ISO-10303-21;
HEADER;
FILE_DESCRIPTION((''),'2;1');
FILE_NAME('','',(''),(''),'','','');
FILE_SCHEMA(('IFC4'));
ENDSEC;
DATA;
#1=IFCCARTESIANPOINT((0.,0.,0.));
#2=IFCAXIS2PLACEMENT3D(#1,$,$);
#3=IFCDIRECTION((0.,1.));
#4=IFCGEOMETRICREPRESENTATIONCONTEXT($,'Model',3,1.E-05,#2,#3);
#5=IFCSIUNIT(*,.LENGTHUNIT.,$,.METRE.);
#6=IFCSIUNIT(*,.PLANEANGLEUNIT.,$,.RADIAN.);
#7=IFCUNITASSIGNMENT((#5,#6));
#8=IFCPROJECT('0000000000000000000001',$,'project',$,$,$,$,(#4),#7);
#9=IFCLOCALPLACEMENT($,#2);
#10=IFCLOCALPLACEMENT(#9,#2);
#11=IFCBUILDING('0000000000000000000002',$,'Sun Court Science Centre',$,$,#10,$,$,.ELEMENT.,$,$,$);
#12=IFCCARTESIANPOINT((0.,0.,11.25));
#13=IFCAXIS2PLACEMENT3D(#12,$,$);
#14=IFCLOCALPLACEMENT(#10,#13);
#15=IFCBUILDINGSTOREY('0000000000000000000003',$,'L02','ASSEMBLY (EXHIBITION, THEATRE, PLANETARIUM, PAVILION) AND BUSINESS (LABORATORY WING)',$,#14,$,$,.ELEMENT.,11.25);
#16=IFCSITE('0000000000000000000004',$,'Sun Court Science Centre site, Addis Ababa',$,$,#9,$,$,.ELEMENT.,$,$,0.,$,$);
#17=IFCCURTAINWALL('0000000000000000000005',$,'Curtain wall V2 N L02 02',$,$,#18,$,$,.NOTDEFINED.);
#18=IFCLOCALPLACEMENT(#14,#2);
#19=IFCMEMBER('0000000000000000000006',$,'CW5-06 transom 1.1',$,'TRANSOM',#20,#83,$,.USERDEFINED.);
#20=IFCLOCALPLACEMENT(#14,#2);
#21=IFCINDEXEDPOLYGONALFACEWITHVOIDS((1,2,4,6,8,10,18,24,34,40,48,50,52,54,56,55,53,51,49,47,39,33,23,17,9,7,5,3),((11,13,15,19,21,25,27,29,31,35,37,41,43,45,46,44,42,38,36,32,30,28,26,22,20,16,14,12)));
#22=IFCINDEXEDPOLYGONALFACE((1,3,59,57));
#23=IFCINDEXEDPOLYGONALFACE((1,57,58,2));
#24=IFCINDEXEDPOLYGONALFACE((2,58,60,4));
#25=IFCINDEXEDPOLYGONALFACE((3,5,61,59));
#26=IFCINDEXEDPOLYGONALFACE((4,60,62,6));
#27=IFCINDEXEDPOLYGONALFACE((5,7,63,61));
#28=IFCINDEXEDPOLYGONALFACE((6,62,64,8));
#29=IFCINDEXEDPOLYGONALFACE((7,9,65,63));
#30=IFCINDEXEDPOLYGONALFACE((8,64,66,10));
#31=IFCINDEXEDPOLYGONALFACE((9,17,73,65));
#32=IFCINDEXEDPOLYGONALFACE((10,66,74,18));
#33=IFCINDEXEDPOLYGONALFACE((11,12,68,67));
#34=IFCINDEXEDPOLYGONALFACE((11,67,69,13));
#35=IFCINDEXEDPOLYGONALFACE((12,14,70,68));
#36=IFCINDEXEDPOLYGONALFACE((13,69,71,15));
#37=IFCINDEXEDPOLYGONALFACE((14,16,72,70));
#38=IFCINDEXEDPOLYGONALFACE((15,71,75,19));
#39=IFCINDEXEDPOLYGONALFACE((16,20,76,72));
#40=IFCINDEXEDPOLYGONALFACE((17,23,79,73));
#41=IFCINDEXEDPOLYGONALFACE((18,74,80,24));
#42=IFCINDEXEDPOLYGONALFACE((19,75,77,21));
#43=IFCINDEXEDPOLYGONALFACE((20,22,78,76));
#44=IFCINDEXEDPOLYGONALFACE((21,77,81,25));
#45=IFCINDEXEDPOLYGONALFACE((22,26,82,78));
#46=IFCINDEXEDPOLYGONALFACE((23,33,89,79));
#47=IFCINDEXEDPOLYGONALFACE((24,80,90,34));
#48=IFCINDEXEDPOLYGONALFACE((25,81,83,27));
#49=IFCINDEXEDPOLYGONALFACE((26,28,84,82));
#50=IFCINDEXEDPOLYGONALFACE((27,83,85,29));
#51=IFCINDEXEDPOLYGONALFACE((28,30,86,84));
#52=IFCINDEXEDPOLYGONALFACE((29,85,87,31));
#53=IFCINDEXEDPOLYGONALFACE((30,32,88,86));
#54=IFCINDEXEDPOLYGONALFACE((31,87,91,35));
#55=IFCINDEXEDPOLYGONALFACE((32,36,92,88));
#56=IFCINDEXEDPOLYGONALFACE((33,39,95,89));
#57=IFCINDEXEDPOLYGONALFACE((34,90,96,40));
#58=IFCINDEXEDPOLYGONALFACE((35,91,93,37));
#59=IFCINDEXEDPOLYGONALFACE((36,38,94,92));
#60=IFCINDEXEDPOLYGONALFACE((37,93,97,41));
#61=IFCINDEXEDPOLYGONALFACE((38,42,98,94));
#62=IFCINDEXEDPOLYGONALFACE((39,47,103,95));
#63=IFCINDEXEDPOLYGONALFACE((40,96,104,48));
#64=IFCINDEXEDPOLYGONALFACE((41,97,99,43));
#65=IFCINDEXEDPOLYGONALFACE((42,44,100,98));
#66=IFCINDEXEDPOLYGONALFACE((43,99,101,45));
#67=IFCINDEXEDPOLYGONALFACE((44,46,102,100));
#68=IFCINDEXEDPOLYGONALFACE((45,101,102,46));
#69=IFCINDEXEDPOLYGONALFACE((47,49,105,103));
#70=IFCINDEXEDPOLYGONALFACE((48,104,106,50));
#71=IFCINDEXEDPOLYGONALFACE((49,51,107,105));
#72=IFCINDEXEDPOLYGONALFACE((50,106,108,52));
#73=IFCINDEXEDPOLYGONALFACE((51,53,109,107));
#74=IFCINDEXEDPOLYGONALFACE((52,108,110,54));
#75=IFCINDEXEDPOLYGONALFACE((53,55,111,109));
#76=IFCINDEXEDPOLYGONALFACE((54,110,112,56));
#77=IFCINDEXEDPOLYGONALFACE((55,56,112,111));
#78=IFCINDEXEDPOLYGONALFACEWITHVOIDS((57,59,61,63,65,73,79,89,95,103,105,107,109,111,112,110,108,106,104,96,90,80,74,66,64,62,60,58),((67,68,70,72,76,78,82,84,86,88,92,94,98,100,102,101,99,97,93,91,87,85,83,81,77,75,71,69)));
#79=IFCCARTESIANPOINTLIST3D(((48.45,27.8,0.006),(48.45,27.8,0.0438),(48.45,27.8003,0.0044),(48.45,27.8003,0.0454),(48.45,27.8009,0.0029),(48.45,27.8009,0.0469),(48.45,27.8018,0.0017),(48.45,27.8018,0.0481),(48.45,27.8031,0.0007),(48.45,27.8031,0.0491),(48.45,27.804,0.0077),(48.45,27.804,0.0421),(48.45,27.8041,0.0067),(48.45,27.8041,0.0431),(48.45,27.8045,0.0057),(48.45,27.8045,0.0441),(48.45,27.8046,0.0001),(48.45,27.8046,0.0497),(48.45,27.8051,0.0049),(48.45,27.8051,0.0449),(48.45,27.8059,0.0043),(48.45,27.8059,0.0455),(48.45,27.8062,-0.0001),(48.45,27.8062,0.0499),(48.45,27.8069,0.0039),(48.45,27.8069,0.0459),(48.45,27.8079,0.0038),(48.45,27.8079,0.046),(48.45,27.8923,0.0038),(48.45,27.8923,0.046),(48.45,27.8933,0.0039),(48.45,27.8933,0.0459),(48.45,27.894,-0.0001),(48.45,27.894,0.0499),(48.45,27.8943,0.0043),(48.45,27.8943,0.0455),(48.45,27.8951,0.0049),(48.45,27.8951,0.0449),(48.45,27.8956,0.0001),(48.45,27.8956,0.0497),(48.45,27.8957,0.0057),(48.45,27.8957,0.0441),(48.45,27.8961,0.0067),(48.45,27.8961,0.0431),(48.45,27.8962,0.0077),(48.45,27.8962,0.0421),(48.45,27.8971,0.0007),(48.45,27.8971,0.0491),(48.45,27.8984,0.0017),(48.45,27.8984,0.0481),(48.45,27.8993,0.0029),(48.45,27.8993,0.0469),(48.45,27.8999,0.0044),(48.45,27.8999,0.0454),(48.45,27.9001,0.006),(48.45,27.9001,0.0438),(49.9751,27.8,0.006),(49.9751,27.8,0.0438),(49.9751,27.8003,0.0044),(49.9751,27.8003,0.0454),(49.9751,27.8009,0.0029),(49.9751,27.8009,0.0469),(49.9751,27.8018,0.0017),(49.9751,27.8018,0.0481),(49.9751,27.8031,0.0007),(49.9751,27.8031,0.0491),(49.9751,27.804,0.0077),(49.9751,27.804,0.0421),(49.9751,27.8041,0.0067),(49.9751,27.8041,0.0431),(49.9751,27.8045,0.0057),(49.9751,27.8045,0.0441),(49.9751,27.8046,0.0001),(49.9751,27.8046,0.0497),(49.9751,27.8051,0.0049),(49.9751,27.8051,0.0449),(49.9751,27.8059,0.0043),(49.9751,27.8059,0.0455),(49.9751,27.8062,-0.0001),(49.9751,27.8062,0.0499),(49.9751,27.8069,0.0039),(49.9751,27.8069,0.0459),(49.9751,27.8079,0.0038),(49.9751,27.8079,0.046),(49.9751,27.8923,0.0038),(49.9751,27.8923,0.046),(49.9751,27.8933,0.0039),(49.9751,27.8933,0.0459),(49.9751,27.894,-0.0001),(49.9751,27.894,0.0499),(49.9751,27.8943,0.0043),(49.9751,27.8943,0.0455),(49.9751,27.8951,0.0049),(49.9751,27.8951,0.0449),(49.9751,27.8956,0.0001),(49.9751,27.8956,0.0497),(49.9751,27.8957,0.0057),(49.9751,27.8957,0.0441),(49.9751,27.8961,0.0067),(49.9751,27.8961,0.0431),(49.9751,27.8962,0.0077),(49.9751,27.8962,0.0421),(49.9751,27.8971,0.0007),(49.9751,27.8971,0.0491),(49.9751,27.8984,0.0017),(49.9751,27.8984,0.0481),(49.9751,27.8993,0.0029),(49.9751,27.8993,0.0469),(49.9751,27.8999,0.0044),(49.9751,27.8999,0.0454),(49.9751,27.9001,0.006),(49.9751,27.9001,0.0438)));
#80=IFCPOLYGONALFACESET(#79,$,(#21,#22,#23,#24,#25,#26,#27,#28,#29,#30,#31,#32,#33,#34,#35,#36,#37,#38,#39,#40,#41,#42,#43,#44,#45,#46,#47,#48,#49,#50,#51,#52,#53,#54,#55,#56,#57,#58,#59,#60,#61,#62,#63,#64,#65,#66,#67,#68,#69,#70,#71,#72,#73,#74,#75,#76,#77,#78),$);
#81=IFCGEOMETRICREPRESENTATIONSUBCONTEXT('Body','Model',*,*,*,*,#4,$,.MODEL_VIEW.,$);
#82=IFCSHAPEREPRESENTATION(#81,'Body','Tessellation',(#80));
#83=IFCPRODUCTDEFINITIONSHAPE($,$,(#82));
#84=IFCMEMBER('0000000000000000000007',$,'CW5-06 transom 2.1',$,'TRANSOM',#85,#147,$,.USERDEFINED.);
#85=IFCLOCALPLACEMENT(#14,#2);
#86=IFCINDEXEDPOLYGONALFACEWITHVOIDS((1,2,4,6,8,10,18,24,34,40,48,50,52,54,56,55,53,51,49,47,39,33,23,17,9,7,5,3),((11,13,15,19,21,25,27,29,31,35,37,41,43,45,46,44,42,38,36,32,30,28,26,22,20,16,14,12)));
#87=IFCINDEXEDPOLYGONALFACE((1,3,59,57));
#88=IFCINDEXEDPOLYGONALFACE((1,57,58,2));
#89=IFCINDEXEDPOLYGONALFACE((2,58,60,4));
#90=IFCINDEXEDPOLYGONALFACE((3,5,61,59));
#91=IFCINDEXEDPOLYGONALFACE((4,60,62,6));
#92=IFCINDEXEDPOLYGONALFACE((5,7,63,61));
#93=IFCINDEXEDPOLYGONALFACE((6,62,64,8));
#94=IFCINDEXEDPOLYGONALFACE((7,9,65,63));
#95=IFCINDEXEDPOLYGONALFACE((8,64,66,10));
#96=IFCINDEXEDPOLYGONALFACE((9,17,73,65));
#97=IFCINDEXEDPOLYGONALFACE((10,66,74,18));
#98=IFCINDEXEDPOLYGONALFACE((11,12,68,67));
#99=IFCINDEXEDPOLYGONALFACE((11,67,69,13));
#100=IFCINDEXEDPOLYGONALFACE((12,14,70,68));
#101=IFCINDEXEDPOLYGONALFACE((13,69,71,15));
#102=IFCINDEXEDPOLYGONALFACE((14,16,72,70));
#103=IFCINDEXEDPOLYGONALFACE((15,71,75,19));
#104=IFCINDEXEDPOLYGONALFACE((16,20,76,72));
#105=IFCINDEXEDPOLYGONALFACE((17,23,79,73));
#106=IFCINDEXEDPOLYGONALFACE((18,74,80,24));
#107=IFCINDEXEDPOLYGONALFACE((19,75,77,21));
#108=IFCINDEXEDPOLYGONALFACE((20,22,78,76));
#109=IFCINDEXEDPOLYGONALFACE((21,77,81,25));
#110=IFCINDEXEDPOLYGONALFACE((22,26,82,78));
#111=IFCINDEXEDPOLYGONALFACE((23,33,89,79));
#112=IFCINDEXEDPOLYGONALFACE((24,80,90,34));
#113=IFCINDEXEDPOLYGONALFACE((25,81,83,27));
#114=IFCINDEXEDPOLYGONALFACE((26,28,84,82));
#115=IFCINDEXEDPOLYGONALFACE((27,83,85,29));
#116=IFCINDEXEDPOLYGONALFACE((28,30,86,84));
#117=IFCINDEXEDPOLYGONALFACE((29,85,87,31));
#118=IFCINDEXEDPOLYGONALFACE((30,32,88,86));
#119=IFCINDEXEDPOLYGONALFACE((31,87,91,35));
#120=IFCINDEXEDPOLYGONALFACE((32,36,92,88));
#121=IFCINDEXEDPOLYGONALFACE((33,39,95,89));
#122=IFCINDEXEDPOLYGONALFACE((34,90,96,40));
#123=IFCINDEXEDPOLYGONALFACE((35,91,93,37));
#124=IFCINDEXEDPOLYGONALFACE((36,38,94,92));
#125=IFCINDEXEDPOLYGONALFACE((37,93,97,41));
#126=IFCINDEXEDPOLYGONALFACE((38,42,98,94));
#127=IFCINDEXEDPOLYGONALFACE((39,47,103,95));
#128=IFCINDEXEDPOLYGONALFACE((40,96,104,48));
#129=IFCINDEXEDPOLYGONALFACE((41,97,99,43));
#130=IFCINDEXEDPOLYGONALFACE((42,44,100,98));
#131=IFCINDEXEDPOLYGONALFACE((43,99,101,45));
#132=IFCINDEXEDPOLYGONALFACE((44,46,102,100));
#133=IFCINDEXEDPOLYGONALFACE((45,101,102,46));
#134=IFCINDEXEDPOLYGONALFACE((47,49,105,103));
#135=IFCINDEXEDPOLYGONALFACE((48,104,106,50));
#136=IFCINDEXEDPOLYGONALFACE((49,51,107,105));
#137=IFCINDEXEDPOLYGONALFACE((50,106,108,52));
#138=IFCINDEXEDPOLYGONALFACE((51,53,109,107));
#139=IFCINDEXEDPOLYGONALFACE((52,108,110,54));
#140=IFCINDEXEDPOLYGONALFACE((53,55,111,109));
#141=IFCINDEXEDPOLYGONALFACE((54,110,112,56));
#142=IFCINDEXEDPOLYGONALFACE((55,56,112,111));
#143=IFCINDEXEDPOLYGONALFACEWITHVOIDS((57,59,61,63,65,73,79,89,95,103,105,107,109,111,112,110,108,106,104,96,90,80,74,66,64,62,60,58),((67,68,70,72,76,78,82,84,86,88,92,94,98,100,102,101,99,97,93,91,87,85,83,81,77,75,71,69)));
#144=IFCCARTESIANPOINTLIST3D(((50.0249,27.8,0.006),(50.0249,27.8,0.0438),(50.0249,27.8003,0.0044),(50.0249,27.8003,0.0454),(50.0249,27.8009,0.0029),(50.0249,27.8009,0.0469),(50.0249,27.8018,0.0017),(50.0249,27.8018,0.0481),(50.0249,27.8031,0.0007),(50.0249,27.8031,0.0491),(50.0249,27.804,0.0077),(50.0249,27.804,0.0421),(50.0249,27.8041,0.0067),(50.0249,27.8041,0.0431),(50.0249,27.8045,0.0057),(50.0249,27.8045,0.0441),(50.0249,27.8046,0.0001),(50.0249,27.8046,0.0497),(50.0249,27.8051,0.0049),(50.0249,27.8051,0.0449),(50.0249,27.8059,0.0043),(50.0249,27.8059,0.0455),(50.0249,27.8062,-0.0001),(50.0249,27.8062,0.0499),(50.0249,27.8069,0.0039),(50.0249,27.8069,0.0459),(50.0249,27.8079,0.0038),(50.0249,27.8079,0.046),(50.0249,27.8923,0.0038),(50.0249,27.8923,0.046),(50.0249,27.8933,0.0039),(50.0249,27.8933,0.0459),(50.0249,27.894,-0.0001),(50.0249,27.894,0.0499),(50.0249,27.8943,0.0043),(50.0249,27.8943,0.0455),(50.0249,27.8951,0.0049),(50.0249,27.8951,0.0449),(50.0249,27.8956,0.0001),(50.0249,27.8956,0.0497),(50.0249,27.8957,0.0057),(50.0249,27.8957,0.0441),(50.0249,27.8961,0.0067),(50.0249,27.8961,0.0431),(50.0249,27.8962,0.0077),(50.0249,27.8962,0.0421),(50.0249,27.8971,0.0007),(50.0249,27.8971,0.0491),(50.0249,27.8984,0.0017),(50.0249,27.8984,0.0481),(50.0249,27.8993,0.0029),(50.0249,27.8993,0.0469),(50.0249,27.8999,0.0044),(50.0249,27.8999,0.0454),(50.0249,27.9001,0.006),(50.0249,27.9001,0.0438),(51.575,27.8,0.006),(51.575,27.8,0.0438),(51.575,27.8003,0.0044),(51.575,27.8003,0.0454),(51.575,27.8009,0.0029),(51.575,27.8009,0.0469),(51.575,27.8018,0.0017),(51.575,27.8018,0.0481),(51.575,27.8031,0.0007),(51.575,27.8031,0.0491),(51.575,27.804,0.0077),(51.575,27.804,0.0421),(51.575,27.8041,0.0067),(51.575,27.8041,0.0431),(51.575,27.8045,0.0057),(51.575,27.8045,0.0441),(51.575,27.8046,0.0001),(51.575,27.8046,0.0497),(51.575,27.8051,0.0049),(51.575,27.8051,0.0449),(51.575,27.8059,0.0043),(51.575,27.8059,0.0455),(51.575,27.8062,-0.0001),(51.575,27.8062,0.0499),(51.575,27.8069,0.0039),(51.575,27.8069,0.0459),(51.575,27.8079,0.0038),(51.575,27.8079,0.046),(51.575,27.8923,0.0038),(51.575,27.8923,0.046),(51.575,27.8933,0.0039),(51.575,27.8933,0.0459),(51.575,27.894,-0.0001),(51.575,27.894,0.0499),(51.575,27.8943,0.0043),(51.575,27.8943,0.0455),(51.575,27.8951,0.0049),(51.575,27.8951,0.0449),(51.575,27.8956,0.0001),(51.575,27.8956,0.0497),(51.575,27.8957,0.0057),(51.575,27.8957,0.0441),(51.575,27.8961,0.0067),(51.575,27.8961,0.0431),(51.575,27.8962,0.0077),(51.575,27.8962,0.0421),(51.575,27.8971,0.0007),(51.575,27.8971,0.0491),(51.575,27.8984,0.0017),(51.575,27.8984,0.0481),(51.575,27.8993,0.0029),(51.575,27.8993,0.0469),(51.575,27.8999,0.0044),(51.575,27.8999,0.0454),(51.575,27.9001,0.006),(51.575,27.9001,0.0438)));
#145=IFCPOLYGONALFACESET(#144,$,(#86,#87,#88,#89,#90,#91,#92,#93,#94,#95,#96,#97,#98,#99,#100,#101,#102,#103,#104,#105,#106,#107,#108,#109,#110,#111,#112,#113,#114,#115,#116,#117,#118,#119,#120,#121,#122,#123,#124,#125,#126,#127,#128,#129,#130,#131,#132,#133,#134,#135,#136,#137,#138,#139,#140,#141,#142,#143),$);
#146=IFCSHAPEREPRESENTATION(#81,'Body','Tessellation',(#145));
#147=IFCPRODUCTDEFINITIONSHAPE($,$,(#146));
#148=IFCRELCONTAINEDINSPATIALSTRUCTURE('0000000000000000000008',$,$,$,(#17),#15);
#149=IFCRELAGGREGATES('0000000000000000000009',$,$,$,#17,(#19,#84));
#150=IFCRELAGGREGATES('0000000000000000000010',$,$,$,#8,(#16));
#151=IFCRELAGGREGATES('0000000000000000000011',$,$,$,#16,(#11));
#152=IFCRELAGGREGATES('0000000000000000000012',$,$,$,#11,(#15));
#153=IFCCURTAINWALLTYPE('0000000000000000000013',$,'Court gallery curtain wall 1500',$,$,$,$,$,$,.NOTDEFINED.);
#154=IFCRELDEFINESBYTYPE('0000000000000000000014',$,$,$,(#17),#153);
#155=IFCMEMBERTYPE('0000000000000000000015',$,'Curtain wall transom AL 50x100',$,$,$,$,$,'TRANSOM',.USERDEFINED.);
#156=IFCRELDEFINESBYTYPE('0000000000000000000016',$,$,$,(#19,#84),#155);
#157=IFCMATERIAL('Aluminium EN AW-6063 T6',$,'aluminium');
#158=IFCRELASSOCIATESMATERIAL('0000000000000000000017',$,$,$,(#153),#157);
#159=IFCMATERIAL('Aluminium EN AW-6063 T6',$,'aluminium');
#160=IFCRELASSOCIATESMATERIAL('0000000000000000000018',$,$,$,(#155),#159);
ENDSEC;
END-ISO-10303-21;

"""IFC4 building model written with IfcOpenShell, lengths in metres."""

from ifc_helpers import new_model, si_unit, direction, frame, origin, origin_2d, place, context, subcontext, project, spatial, hollow_rectangle, extrude, material, material_profile, profile_set, type_object, element, aggregate, save


model = new_model("IFC4")

# Units and contexts
model_context = context("Model", 3, precision=1e-05, world=origin(), true_north=direction((0.0, 1.0)))
body_context = subcontext(model_context, "Body", "Model", "MODEL_VIEW")
ifc_project = project(units=[si_unit("LENGTHUNIT", "METRE"), si_unit("PLANEANGLEUNIT", "RADIAN")], contexts=[model_context])

# Site, building, storey
site_placement = place(None, origin())
site = spatial("IfcSite", under=ifc_project, at=site_placement, Name="Sun Court Science Centre site, Addis Ababa", CompositionType="ELEMENT", RefElevation=0.0)
building_placement = place(site_placement, origin())
building = spatial("IfcBuilding", under=site, at=building_placement, Name="Sun Court Science Centre", CompositionType="ELEMENT")
storey_placement = place(building_placement, frame((0.0, 0.0, 11.25)))
storey = spatial("IfcBuildingStorey", under=building, at=storey_placement, Name="L02", Description="ASSEMBLY (EXHIBITION, THEATRE, PLANETARIUM, PAVILION) AND BUSINESS (LABORATORY WING)", CompositionType="ELEMENT", Elevation=11.25)

# Curtain wall
ifc_material_1 = material(Name="Aluminium EN AW-6063 T6", Category="aluminium")
curtain_wall_type_1 = type_object("IfcCurtainWallType", Name="Court gallery curtain wall 1500", PredefinedType="NOTDEFINED", material=ifc_material_1)
curtain_wall_1_placement = place(storey_placement, origin())
curtain_wall_1 = element("IfcCurtainWall", 1, at=curtain_wall_1_placement, inside=storey, type_object=curtain_wall_type_1, Name="Curtain wall V2 N L02 02", PredefinedType="NOTDEFINED")

# Members
ifc_material_2 = material(Name="Aluminium EN AW-6063 T6", Category="aluminium")
ifc_material_profile_1 = material_profile(ifc_material_2, hollow_rectangle(XDim=0.05, YDim=0.1001, WallThickness=0.0039, InnerFilletRadius=0.0039, OuterFilletRadius=0.0061, at=origin_2d()), Name="AL 50x100x4")
ifc_profile_set_1 = profile_set([ifc_material_profile_1], Name="Aluminium EN AW-6063 T6")
member_type_1 = type_object("IfcMemberType", Name="Curtain wall transom AL 50x100", ElementType="TRANSOM", PredefinedType="USERDEFINED", material=ifc_profile_set_1)
member_1_placement = place(storey_placement, frame((48.45, 27.8501, 0.0249), z_axis=(1.0, 0.0, 0.0), x_axis=(0.0, 0.0, 1.0)))
member_1 = element("IfcMember", 2, at=member_1_placement, type_object=member_type_1, Name="CW5-06 transom 1.1", ObjectType="TRANSOM", PredefinedType="USERDEFINED", context=body_context, shape_type="SweptSolid", body=[
    extrude(hollow_rectangle(XDim=0.05, YDim=0.1001, WallThickness=0.0039, InnerFilletRadius=0.0039, OuterFilletRadius=0.0061, at=origin_2d()), origin(), (0.0, 0.0, 1.0), 1.5251),
])
member_2_placement = place(storey_placement, frame((50.0249, 27.8501, 0.0249), z_axis=(1.0, 0.0, 0.0), x_axis=(0.0, 0.0, 1.0)))
member_2 = element("IfcMember", 3, at=member_2_placement, type_object=member_type_1, Name="CW5-06 transom 2.1", ObjectType="TRANSOM", PredefinedType="USERDEFINED", context=body_context, shape_type="SweptSolid", body=[
    extrude(hollow_rectangle(XDim=0.05, YDim=0.1001, WallThickness=0.0039, InnerFilletRadius=0.0039, OuterFilletRadius=0.0061, at=origin_2d()), origin(), (0.0, 0.0, 1.0), 1.55),
])

aggregate(curtain_wall_1, [member_1, member_2])

save(model, "model.ifc")
